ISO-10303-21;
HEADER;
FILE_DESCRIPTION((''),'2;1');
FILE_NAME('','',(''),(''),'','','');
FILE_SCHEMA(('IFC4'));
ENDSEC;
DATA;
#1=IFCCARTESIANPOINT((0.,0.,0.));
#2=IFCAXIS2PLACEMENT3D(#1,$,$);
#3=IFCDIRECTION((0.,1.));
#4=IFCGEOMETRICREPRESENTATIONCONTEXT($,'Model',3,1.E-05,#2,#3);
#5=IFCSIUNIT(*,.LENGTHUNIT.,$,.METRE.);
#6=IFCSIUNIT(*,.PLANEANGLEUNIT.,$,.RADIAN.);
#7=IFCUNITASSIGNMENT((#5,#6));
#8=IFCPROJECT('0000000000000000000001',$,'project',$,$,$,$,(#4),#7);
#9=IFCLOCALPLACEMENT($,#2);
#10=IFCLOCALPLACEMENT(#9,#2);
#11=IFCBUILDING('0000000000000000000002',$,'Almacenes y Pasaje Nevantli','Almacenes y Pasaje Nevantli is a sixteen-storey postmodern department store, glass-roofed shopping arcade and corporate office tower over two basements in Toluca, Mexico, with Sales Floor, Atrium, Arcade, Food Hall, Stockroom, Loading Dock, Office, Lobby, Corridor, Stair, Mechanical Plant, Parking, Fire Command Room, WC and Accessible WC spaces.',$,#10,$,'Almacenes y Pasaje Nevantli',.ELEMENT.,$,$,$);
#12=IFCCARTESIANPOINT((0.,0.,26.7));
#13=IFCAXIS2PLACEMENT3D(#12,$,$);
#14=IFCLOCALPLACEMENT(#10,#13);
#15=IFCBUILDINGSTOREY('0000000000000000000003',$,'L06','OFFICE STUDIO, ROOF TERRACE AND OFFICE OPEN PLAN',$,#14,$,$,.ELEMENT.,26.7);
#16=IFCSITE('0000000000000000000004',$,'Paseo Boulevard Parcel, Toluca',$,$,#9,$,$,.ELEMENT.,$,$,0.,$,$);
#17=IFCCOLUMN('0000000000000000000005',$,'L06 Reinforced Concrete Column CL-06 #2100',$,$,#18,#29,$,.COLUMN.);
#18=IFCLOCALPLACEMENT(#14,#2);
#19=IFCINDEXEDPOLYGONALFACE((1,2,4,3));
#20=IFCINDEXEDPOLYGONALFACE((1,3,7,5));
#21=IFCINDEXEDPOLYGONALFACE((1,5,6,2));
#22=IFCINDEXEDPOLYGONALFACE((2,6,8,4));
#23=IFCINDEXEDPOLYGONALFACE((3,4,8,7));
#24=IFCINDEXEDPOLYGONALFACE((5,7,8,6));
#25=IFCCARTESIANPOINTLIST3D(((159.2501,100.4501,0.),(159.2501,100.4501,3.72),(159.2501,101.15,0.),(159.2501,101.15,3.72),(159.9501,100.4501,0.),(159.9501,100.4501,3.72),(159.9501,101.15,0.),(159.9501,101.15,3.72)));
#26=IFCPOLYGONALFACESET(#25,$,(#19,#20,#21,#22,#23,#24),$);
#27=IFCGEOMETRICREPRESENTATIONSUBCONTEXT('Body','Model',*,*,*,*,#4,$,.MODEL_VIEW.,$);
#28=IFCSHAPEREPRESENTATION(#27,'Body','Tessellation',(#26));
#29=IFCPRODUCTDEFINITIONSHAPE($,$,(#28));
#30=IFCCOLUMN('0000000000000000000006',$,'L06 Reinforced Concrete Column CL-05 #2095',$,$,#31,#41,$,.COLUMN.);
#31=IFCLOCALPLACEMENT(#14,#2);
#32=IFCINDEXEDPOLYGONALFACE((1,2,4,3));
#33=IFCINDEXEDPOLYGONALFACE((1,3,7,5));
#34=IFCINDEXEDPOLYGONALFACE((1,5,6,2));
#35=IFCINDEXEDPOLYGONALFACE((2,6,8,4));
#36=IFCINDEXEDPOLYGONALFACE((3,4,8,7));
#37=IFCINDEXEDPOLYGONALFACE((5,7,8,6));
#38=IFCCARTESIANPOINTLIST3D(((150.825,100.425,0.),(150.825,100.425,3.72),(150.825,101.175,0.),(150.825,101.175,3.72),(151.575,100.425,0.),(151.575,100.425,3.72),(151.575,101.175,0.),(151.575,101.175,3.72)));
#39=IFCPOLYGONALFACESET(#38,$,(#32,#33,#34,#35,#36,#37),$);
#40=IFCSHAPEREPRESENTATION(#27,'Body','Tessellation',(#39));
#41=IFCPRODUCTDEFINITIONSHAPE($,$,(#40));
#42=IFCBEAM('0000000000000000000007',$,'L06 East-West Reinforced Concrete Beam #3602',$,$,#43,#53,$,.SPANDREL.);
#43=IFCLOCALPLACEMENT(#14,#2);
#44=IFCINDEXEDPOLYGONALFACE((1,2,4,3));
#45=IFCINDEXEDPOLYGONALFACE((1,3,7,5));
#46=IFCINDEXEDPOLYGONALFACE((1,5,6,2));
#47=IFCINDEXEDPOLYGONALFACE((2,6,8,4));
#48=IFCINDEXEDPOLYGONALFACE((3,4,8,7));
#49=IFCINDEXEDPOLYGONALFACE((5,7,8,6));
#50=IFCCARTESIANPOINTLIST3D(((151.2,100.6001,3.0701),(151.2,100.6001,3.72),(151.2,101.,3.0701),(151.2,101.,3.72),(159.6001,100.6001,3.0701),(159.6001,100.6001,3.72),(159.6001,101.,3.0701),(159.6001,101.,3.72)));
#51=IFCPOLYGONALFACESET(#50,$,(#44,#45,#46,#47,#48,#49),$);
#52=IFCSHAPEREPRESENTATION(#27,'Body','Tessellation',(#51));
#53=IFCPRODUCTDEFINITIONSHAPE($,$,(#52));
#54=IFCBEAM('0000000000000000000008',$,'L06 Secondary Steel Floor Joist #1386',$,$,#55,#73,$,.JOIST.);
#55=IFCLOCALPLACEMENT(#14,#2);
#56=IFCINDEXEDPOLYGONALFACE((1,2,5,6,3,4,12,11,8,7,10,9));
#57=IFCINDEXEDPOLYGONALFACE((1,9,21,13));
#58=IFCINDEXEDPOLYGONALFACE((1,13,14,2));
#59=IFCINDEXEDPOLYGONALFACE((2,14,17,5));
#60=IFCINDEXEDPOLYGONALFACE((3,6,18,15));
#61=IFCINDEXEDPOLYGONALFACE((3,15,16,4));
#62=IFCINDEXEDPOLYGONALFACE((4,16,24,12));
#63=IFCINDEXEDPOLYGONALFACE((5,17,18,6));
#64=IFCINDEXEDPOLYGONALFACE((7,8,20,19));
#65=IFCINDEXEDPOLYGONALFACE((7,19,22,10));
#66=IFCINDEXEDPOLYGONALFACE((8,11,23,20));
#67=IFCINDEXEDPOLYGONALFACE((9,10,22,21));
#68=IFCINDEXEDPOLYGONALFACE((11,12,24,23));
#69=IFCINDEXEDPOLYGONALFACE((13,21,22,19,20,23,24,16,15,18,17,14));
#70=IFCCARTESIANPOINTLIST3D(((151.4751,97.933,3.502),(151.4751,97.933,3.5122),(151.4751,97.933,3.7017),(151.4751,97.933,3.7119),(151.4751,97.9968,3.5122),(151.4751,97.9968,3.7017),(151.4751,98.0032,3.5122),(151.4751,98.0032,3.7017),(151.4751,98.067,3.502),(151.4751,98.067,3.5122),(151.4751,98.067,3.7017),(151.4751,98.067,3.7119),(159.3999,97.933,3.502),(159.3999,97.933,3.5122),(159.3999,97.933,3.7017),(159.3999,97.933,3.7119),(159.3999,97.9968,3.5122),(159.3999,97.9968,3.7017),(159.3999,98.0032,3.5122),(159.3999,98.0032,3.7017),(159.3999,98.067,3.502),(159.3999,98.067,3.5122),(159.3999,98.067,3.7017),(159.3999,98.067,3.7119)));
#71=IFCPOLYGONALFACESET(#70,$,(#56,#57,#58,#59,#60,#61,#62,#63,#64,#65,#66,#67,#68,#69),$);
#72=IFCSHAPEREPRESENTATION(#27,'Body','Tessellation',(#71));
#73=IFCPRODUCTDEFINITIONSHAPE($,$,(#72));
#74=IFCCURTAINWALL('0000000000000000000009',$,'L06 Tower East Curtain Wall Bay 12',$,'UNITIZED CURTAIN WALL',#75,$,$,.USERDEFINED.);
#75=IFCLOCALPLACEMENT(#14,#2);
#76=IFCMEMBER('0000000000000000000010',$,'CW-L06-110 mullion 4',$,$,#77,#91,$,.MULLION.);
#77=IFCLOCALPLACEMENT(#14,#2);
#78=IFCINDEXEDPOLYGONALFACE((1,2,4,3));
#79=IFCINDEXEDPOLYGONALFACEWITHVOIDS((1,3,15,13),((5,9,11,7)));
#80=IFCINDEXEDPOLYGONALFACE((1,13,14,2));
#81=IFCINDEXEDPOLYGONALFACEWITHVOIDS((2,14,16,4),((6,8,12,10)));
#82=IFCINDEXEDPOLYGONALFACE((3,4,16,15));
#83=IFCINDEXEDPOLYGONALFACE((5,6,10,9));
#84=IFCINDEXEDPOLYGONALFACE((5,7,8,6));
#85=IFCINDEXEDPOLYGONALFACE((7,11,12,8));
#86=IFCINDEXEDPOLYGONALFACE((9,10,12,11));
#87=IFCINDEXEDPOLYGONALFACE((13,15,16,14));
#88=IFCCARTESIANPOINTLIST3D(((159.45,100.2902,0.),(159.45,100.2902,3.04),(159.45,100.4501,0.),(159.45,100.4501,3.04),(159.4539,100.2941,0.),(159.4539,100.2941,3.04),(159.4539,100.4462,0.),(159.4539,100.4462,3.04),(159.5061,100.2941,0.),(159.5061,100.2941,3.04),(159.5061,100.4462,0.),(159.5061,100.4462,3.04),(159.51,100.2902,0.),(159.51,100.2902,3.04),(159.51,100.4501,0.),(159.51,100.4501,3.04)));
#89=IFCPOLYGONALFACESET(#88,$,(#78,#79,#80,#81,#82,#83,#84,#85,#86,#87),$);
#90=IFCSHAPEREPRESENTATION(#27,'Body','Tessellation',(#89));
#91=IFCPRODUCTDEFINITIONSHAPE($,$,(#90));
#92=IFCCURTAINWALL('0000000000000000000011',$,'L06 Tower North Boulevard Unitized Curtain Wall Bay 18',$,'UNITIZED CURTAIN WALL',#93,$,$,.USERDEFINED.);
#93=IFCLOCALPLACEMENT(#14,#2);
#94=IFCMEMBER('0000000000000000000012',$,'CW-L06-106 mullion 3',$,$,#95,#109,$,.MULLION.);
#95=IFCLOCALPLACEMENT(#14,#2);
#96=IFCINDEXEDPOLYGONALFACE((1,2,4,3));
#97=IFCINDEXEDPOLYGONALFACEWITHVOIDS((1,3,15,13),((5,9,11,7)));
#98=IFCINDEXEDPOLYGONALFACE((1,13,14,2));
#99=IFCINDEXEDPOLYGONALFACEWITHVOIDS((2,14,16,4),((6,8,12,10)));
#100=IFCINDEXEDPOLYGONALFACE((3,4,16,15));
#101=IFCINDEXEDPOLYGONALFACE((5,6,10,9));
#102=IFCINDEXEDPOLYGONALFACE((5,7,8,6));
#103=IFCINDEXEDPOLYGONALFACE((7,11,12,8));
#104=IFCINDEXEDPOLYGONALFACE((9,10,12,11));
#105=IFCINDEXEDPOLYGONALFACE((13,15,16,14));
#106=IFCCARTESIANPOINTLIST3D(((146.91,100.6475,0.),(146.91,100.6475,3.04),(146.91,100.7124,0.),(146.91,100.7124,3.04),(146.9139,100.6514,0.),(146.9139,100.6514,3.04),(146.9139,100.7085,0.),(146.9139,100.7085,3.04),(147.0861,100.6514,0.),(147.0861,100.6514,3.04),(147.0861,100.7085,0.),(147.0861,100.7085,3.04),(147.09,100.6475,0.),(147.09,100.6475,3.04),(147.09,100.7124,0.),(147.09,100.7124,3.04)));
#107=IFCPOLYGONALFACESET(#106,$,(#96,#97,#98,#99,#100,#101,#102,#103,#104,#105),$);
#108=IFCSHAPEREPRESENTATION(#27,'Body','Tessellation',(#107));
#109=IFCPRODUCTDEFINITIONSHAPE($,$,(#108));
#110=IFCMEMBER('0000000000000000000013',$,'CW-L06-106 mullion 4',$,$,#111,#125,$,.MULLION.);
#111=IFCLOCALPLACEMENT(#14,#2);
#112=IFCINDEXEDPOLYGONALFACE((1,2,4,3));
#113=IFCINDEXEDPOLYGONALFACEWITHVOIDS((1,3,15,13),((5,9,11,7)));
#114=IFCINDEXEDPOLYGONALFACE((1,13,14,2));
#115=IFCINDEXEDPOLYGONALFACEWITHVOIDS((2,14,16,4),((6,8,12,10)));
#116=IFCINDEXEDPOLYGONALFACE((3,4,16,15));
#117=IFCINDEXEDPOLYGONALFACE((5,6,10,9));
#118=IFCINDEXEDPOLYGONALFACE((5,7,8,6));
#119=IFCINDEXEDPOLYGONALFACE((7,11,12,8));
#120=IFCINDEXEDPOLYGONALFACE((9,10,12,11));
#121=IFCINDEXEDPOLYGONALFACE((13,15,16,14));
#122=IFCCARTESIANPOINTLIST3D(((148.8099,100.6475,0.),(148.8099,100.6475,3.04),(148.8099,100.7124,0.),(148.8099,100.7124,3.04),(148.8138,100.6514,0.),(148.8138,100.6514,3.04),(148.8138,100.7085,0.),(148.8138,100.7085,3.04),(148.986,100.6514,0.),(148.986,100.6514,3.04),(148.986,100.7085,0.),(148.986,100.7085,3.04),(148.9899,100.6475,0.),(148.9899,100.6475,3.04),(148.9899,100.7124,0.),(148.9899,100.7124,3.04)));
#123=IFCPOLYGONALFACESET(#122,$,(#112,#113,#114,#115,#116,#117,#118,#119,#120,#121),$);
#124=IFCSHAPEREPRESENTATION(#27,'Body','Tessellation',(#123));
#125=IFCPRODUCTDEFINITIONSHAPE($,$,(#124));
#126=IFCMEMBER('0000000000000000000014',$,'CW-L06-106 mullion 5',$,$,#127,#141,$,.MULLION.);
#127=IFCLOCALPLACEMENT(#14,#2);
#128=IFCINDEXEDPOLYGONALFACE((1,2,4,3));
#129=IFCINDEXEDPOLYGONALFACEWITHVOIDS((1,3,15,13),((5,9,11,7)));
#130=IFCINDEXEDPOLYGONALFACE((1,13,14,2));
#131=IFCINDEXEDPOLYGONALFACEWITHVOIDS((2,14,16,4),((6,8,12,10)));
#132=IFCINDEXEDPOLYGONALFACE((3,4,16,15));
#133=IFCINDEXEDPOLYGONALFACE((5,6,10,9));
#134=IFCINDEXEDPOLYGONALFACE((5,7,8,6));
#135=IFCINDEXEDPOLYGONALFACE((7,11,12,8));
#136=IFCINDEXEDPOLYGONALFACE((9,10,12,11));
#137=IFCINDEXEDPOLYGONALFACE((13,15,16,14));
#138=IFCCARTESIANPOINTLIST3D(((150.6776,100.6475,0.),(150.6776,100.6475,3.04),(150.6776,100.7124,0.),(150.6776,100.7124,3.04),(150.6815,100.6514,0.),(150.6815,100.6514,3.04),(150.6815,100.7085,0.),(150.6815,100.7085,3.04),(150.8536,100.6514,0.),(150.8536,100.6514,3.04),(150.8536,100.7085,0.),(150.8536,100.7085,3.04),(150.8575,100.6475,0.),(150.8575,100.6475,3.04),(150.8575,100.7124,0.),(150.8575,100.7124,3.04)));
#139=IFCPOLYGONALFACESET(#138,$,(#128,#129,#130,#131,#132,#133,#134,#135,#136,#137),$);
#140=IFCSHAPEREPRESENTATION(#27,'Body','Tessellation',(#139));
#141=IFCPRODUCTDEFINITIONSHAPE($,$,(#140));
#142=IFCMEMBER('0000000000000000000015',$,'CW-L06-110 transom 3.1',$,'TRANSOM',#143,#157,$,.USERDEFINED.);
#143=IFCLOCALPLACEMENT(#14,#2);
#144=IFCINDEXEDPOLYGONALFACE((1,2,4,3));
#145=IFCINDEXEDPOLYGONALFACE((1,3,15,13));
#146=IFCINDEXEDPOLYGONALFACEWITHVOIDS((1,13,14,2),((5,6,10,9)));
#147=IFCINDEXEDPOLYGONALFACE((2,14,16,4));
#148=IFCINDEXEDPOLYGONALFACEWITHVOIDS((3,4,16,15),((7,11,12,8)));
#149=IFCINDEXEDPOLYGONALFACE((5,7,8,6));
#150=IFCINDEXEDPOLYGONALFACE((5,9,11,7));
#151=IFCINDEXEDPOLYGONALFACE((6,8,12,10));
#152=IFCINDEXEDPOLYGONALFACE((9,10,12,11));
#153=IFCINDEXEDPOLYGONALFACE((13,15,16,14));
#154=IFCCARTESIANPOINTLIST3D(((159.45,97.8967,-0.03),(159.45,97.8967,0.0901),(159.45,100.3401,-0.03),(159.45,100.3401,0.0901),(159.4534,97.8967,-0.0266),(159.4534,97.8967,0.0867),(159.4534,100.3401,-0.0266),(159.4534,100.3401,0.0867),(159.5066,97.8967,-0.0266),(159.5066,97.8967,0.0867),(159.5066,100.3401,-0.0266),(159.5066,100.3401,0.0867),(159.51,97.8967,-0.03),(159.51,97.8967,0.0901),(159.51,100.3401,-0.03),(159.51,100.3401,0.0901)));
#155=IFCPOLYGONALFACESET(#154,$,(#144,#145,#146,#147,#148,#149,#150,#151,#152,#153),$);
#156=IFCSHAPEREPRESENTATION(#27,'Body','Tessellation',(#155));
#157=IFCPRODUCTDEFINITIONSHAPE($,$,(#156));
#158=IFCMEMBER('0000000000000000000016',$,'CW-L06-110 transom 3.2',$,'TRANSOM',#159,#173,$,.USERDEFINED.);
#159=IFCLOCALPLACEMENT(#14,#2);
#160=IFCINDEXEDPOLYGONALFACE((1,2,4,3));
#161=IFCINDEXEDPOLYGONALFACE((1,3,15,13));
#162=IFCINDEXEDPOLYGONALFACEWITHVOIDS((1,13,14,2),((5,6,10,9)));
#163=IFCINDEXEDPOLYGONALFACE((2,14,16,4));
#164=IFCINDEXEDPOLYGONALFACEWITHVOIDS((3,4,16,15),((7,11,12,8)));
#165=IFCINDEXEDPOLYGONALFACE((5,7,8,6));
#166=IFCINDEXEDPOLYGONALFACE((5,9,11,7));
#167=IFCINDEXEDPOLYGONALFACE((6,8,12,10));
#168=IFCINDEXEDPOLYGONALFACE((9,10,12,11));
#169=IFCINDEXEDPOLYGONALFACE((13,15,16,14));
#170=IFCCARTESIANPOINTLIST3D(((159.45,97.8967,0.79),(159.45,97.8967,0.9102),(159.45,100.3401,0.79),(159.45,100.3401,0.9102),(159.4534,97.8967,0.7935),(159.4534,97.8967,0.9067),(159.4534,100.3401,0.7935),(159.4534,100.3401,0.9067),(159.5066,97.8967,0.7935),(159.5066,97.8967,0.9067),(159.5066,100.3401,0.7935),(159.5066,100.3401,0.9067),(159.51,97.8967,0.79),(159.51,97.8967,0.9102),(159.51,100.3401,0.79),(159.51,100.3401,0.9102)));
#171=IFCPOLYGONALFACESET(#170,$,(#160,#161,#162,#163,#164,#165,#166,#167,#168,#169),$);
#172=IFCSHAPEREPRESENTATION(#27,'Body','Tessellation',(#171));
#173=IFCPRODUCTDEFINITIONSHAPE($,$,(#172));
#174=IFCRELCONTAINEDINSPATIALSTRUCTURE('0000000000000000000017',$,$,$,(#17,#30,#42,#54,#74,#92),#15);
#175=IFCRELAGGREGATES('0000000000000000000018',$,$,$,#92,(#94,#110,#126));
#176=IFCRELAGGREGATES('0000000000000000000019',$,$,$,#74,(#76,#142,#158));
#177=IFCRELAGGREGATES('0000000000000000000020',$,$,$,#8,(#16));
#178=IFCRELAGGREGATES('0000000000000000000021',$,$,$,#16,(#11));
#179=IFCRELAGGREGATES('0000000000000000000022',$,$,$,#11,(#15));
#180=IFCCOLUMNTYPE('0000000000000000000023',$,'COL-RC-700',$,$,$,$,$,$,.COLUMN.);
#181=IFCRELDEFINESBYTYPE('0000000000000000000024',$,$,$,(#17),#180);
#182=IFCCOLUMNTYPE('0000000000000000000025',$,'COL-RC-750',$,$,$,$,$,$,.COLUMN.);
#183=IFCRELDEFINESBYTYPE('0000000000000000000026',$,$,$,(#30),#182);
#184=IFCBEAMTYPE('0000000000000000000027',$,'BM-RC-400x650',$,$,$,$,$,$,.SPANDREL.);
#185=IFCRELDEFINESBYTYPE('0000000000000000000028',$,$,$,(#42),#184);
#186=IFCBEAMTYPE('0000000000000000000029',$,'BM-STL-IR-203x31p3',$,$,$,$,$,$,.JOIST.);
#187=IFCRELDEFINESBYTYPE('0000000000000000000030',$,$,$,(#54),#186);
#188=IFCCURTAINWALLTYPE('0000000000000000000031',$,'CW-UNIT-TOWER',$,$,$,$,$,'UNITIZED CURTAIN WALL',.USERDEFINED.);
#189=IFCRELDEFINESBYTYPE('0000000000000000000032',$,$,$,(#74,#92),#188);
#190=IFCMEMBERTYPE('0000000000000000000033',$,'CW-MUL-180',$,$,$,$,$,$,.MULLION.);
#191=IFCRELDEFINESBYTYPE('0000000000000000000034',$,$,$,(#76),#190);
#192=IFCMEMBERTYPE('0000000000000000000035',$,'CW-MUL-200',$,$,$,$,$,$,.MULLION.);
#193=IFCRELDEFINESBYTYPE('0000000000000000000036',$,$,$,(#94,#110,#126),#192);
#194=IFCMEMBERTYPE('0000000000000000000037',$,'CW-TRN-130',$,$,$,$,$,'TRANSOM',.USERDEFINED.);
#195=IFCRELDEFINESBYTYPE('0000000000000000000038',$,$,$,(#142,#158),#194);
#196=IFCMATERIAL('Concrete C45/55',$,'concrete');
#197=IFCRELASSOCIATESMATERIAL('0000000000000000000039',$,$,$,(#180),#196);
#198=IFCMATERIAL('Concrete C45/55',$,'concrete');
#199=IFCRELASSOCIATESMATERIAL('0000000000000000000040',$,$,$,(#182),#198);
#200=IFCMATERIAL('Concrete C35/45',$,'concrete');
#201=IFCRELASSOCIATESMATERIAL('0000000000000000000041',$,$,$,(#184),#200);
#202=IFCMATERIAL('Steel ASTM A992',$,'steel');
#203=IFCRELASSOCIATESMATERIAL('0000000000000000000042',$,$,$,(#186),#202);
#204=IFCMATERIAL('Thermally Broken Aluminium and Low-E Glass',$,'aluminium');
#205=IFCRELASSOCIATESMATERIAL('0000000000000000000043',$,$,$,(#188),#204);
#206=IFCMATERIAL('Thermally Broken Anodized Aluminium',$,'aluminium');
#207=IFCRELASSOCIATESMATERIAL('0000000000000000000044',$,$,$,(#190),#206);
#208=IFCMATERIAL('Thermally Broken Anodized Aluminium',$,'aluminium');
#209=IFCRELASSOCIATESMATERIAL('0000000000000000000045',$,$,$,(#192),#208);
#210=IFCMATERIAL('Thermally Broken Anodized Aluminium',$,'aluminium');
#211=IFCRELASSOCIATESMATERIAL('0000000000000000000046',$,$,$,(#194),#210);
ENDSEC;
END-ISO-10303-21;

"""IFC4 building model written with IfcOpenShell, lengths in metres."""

from ifc_helpers import new_model, si_unit, direction, frame, origin, origin_2d, place, context, subcontext, project, spatial, rectangle, hollow_rectangle, i_section, extrude, material, material_profile, profile_set, type_object, element, aggregate, save


model = new_model("IFC4")

# Units and contexts
model_context = context("Model", 3, precision=1e-05, world=origin(), true_north=direction((0.0, 1.0)))
body_context = subcontext(model_context, "Body", "Model", "MODEL_VIEW")
ifc_project = project(units=[si_unit("LENGTHUNIT", "METRE"), si_unit("PLANEANGLEUNIT", "RADIAN")], contexts=[model_context])

# Site, building, storey
site_placement = place(None, origin())
site = spatial("IfcSite", under=ifc_project, at=site_placement, Name="Paseo Boulevard Parcel, Toluca", CompositionType="ELEMENT", RefElevation=0.0)
building_placement = place(site_placement, origin())
building = spatial("IfcBuilding", under=site, at=building_placement, Name="Almacenes y Pasaje Nevantli", Description="Almacenes y Pasaje Nevantli is a sixteen-storey postmodern department store, glass-roofed shopping arcade and corporate office tower over two basements in Toluca, Mexico, with Sales Floor, Atrium, Arcade, Food Hall, Stockroom, Loading Dock, Office, Lobby, Corridor, Stair, Mechanical Plant, Parking, Fire Command Room, WC and Accessible WC spaces.", LongName="Almacenes y Pasaje Nevantli", CompositionType="ELEMENT")
storey_placement = place(building_placement, frame((0.0, 0.0, 26.7)))
storey = spatial("IfcBuildingStorey", under=building, at=storey_placement, Name="L06", Description="OFFICE STUDIO, ROOF TERRACE AND OFFICE OPEN PLAN", CompositionType="ELEMENT", Elevation=26.7)

# Columns
ifc_material_1 = material(Name="Concrete C45/55", Category="concrete")
ifc_material_profile_1 = material_profile(ifc_material_1, rectangle(XDim=0.7, YDim=0.7, at=origin_2d()), Name="RC-COL-700x700")
ifc_profile_set_1 = profile_set([ifc_material_profile_1], Name="Concrete C45/55")
column_type_1 = type_object("IfcColumnType", Name="COL-RC-700", PredefinedType="COLUMN", material=ifc_profile_set_1)
column_1_placement = place(storey_placement, frame((159.6001, 100.8, 0.0), z_axis=(0.0, 0.0, 1.0), x_axis=(1.0, 0.0, 0.0)))
element("IfcColumn", 1, at=column_1_placement, inside=storey, type_object=column_type_1, Name="L06 Reinforced Concrete Column CL-06 #2100", PredefinedType="COLUMN", context=body_context, shape_type="SweptSolid", body=[
    extrude(rectangle(XDim=0.7, YDim=0.7, at=origin_2d()), origin(), (0.0, 0.0, 1.0), 3.72),
])
ifc_material_2 = material(Name="Concrete C45/55", Category="concrete")
ifc_material_profile_2 = material_profile(ifc_material_2, rectangle(XDim=0.75, YDim=0.75, at=origin_2d()), Name="RC-COL-750x750")
ifc_profile_set_2 = profile_set([ifc_material_profile_2], Name="Concrete C45/55")
column_type_2 = type_object("IfcColumnType", Name="COL-RC-750", PredefinedType="COLUMN", material=ifc_profile_set_2)
column_2_placement = place(storey_placement, frame((151.2, 100.8, 0.0), z_axis=(0.0, 0.0, 1.0), x_axis=(1.0, 0.0, 0.0)))
element("IfcColumn", 2, at=column_2_placement, inside=storey, type_object=column_type_2, Name="L06 Reinforced Concrete Column CL-05 #2095", PredefinedType="COLUMN", context=body_context, shape_type="SweptSolid", body=[
    extrude(rectangle(XDim=0.75, YDim=0.75, at=origin_2d()), origin(), (0.0, 0.0, 1.0), 3.72),
])

# Beams
ifc_material_3 = material(Name="Concrete C35/45", Category="concrete")
ifc_material_profile_3 = material_profile(ifc_material_3, rectangle(XDim=0.3999, YDim=0.6499, at=origin_2d()), Name="RC-BM-400x650")
ifc_profile_set_3 = profile_set([ifc_material_profile_3], Name="Concrete C35/45")
beam_type_1 = type_object("IfcBeamType", Name="BM-RC-400x650", PredefinedType="SPANDREL", material=ifc_profile_set_3)
beam_1_placement = place(storey_placement, frame((151.2, 100.8, 3.395), z_axis=(1.0, 0.0, 0.0), x_axis=(0.0, 1.0, 0.0)))
element("IfcBeam", 3, at=beam_1_placement, inside=storey, type_object=beam_type_1, Name="L06 East-West Reinforced Concrete Beam #3602", PredefinedType="SPANDREL", context=body_context, shape_type="SweptSolid", body=[
    extrude(rectangle(XDim=0.3999, YDim=0.6499, at=origin_2d()), origin(), (0.0, 0.0, 1.0), 8.4001),
])
ifc_material_4 = material(Name="Steel ASTM A992", Category="steel")
ifc_material_profile_4 = material_profile(ifc_material_4, i_section(OverallWidth=0.134, OverallDepth=0.21, WebThickness=0.0063, FlangeThickness=0.0103, at=origin_2d()), Name="IR 203x31.3")
ifc_profile_set_4 = profile_set([ifc_material_profile_4], Name="Steel ASTM A992")
beam_type_2 = type_object("IfcBeamType", Name="BM-STL-IR-203x31p3", PredefinedType="JOIST", material=ifc_profile_set_4)
beam_2_placement = place(storey_placement, frame((151.4751, 98.0, 3.6069), z_axis=(1.0, 0.0, 0.0), x_axis=(0.0, 1.0, 0.0)))
element("IfcBeam", 4, at=beam_2_placement, inside=storey, type_object=beam_type_2, Name="L06 Secondary Steel Floor Joist #1386", PredefinedType="JOIST", context=body_context, shape_type="SweptSolid", body=[
    extrude(i_section(OverallWidth=0.134, OverallDepth=0.21, WebThickness=0.0063, FlangeThickness=0.0103, at=origin_2d()), origin(), (0.0, 0.0, 1.0), 7.9248),
])

# Curtain wall, member
ifc_material_5 = material(Name="Thermally Broken Aluminium and Low-E Glass", Category="aluminium")
curtain_wall_type = type_object("IfcCurtainWallType", Name="CW-UNIT-TOWER", ElementType="UNITIZED CURTAIN WALL", PredefinedType="USERDEFINED", material=ifc_material_5)
curtain_wall_1_placement = place(storey_placement, origin())
curtain_wall_1 = element("IfcCurtainWall", 5, at=curtain_wall_1_placement, inside=storey, type_object=curtain_wall_type, Name="L06 Tower East Curtain Wall Bay 12", ObjectType="UNITIZED CURTAIN WALL", PredefinedType="USERDEFINED")
ifc_material_6 = material(Name="Thermally Broken Anodized Aluminium", Category="aluminium")
ifc_material_profile_5 = material_profile(ifc_material_6, hollow_rectangle(XDim=0.0601, YDim=0.1599, WallThickness=0.0039, at=origin_2d()), Name="ALU-MUL-60x160")
ifc_profile_set_5 = profile_set([ifc_material_profile_5], Name="Thermally Broken Anodized Aluminium")
member_type_1 = type_object("IfcMemberType", Name="CW-MUL-180", PredefinedType="MULLION", material=ifc_profile_set_5)
member_1_placement = place(storey_placement, frame((159.48, 100.3701, 0.0), z_axis=(0.0, 0.0, 1.0), x_axis=(-1.0, 0.0, 0.0)))
member_1 = element("IfcMember", 6, at=member_1_placement, type_object=member_type_1, Name="CW-L06-110 mullion 4", PredefinedType="MULLION", context=body_context, shape_type="SweptSolid", body=[
    extrude(hollow_rectangle(XDim=0.0601, YDim=0.1599, WallThickness=0.0039, at=origin_2d()), origin(), (0.0, 0.0, 1.0), 3.04),
])

# Curtain wall, members
curtain_wall_2_placement = place(storey_placement, origin())
curtain_wall_2 = element("IfcCurtainWall", 7, at=curtain_wall_2_placement, inside=storey, type_object=curtain_wall_type, Name="L06 Tower North Boulevard Unitized Curtain Wall Bay 18", ObjectType="UNITIZED CURTAIN WALL", PredefinedType="USERDEFINED")
ifc_material_7 = material(Name="Thermally Broken Anodized Aluminium", Category="aluminium")
ifc_material_profile_6 = material_profile(ifc_material_7, hollow_rectangle(XDim=0.0649, YDim=0.1799, WallThickness=0.0039, at=origin_2d()), Name="ALU-MUL-65x180")
ifc_profile_set_6 = profile_set([ifc_material_profile_6], Name="Thermally Broken Anodized Aluminium")
member_type_2 = type_object("IfcMemberType", Name="CW-MUL-200", PredefinedType="MULLION", material=ifc_profile_set_6)
member_2_placement = place(storey_placement, frame((147.0, 100.6799, 0.0), z_axis=(0.0, 0.0, 1.0), x_axis=(0.0, 1.0, 0.0)))
member_2 = element("IfcMember", 8, at=member_2_placement, type_object=member_type_2, Name="CW-L06-106 mullion 3", PredefinedType="MULLION", context=body_context, shape_type="SweptSolid", body=[
    extrude(hollow_rectangle(XDim=0.0649, YDim=0.1799, WallThickness=0.0039, at=origin_2d()), origin(), (0.0, 0.0, 1.0), 3.04),
])
member_3_placement = place(storey_placement, frame((148.8999, 100.6799, 0.0), z_axis=(0.0, 0.0, 1.0), x_axis=(0.0, 1.0, 0.0)))
member_3 = element("IfcMember", 9, at=member_3_placement, type_object=member_type_2, Name="CW-L06-106 mullion 4", PredefinedType="MULLION", context=body_context, shape_type="SweptSolid", body=[
    extrude(hollow_rectangle(XDim=0.0649, YDim=0.1799, WallThickness=0.0039, at=origin_2d()), origin(), (0.0, 0.0, 1.0), 3.04),
])
member_4_placement = place(storey_placement, frame((150.7676, 100.6799, 0.0), z_axis=(0.0, 0.0, 1.0), x_axis=(0.0, 1.0, 0.0)))
member_4 = element("IfcMember", 10, at=member_4_placement, type_object=member_type_2, Name="CW-L06-106 mullion 5", PredefinedType="MULLION", context=body_context, shape_type="SweptSolid", body=[
    extrude(hollow_rectangle(XDim=0.0649, YDim=0.1799, WallThickness=0.0039, at=origin_2d()), origin(), (0.0, 0.0, 1.0), 3.04),
])

# Members
ifc_material_8 = material(Name="Thermally Broken Anodized Aluminium", Category="aluminium")
ifc_material_profile_7 = material_profile(ifc_material_8, hollow_rectangle(XDim=0.0601, YDim=0.1201, WallThickness=0.0034, at=origin_2d()), Name="ALU-TRN-60x120")
ifc_profile_set_7 = profile_set([ifc_material_profile_7], Name="Thermally Broken Anodized Aluminium")
member_type_3 = type_object("IfcMemberType", Name="CW-TRN-130", ElementType="TRANSOM", PredefinedType="USERDEFINED", material=ifc_profile_set_7)
member_5_placement = place(storey_placement, frame((159.48, 97.8967, 0.03), z_axis=(0.0, 1.0, 0.0), x_axis=(-1.0, 0.0, 0.0)))
member_5 = element("IfcMember", 11, at=member_5_placement, type_object=member_type_3, Name="CW-L06-110 transom 3.1", ObjectType="TRANSOM", PredefinedType="USERDEFINED", context=body_context, shape_type="SweptSolid", body=[
    extrude(hollow_rectangle(XDim=0.0601, YDim=0.1201, WallThickness=0.0034, at=origin_2d()), origin(), (0.0, 0.0, 1.0), 2.4434),
])
member_6_placement = place(storey_placement, frame((159.48, 97.8967, 0.8501), z_axis=(0.0, 1.0, 0.0), x_axis=(-1.0, 0.0, 0.0)))
member_6 = element("IfcMember", 12, at=member_6_placement, type_object=member_type_3, Name="CW-L06-110 transom 3.2", ObjectType="TRANSOM", PredefinedType="USERDEFINED", context=body_context, shape_type="SweptSolid", body=[
    extrude(hollow_rectangle(XDim=0.0601, YDim=0.1201, WallThickness=0.0034, at=origin_2d()), origin(), (0.0, 0.0, 1.0), 2.4434),
])

aggregate(curtain_wall_2, [member_2, member_3, member_4])
aggregate(curtain_wall_1, [member_1, member_5, member_6])

save(model, "model.ifc")
